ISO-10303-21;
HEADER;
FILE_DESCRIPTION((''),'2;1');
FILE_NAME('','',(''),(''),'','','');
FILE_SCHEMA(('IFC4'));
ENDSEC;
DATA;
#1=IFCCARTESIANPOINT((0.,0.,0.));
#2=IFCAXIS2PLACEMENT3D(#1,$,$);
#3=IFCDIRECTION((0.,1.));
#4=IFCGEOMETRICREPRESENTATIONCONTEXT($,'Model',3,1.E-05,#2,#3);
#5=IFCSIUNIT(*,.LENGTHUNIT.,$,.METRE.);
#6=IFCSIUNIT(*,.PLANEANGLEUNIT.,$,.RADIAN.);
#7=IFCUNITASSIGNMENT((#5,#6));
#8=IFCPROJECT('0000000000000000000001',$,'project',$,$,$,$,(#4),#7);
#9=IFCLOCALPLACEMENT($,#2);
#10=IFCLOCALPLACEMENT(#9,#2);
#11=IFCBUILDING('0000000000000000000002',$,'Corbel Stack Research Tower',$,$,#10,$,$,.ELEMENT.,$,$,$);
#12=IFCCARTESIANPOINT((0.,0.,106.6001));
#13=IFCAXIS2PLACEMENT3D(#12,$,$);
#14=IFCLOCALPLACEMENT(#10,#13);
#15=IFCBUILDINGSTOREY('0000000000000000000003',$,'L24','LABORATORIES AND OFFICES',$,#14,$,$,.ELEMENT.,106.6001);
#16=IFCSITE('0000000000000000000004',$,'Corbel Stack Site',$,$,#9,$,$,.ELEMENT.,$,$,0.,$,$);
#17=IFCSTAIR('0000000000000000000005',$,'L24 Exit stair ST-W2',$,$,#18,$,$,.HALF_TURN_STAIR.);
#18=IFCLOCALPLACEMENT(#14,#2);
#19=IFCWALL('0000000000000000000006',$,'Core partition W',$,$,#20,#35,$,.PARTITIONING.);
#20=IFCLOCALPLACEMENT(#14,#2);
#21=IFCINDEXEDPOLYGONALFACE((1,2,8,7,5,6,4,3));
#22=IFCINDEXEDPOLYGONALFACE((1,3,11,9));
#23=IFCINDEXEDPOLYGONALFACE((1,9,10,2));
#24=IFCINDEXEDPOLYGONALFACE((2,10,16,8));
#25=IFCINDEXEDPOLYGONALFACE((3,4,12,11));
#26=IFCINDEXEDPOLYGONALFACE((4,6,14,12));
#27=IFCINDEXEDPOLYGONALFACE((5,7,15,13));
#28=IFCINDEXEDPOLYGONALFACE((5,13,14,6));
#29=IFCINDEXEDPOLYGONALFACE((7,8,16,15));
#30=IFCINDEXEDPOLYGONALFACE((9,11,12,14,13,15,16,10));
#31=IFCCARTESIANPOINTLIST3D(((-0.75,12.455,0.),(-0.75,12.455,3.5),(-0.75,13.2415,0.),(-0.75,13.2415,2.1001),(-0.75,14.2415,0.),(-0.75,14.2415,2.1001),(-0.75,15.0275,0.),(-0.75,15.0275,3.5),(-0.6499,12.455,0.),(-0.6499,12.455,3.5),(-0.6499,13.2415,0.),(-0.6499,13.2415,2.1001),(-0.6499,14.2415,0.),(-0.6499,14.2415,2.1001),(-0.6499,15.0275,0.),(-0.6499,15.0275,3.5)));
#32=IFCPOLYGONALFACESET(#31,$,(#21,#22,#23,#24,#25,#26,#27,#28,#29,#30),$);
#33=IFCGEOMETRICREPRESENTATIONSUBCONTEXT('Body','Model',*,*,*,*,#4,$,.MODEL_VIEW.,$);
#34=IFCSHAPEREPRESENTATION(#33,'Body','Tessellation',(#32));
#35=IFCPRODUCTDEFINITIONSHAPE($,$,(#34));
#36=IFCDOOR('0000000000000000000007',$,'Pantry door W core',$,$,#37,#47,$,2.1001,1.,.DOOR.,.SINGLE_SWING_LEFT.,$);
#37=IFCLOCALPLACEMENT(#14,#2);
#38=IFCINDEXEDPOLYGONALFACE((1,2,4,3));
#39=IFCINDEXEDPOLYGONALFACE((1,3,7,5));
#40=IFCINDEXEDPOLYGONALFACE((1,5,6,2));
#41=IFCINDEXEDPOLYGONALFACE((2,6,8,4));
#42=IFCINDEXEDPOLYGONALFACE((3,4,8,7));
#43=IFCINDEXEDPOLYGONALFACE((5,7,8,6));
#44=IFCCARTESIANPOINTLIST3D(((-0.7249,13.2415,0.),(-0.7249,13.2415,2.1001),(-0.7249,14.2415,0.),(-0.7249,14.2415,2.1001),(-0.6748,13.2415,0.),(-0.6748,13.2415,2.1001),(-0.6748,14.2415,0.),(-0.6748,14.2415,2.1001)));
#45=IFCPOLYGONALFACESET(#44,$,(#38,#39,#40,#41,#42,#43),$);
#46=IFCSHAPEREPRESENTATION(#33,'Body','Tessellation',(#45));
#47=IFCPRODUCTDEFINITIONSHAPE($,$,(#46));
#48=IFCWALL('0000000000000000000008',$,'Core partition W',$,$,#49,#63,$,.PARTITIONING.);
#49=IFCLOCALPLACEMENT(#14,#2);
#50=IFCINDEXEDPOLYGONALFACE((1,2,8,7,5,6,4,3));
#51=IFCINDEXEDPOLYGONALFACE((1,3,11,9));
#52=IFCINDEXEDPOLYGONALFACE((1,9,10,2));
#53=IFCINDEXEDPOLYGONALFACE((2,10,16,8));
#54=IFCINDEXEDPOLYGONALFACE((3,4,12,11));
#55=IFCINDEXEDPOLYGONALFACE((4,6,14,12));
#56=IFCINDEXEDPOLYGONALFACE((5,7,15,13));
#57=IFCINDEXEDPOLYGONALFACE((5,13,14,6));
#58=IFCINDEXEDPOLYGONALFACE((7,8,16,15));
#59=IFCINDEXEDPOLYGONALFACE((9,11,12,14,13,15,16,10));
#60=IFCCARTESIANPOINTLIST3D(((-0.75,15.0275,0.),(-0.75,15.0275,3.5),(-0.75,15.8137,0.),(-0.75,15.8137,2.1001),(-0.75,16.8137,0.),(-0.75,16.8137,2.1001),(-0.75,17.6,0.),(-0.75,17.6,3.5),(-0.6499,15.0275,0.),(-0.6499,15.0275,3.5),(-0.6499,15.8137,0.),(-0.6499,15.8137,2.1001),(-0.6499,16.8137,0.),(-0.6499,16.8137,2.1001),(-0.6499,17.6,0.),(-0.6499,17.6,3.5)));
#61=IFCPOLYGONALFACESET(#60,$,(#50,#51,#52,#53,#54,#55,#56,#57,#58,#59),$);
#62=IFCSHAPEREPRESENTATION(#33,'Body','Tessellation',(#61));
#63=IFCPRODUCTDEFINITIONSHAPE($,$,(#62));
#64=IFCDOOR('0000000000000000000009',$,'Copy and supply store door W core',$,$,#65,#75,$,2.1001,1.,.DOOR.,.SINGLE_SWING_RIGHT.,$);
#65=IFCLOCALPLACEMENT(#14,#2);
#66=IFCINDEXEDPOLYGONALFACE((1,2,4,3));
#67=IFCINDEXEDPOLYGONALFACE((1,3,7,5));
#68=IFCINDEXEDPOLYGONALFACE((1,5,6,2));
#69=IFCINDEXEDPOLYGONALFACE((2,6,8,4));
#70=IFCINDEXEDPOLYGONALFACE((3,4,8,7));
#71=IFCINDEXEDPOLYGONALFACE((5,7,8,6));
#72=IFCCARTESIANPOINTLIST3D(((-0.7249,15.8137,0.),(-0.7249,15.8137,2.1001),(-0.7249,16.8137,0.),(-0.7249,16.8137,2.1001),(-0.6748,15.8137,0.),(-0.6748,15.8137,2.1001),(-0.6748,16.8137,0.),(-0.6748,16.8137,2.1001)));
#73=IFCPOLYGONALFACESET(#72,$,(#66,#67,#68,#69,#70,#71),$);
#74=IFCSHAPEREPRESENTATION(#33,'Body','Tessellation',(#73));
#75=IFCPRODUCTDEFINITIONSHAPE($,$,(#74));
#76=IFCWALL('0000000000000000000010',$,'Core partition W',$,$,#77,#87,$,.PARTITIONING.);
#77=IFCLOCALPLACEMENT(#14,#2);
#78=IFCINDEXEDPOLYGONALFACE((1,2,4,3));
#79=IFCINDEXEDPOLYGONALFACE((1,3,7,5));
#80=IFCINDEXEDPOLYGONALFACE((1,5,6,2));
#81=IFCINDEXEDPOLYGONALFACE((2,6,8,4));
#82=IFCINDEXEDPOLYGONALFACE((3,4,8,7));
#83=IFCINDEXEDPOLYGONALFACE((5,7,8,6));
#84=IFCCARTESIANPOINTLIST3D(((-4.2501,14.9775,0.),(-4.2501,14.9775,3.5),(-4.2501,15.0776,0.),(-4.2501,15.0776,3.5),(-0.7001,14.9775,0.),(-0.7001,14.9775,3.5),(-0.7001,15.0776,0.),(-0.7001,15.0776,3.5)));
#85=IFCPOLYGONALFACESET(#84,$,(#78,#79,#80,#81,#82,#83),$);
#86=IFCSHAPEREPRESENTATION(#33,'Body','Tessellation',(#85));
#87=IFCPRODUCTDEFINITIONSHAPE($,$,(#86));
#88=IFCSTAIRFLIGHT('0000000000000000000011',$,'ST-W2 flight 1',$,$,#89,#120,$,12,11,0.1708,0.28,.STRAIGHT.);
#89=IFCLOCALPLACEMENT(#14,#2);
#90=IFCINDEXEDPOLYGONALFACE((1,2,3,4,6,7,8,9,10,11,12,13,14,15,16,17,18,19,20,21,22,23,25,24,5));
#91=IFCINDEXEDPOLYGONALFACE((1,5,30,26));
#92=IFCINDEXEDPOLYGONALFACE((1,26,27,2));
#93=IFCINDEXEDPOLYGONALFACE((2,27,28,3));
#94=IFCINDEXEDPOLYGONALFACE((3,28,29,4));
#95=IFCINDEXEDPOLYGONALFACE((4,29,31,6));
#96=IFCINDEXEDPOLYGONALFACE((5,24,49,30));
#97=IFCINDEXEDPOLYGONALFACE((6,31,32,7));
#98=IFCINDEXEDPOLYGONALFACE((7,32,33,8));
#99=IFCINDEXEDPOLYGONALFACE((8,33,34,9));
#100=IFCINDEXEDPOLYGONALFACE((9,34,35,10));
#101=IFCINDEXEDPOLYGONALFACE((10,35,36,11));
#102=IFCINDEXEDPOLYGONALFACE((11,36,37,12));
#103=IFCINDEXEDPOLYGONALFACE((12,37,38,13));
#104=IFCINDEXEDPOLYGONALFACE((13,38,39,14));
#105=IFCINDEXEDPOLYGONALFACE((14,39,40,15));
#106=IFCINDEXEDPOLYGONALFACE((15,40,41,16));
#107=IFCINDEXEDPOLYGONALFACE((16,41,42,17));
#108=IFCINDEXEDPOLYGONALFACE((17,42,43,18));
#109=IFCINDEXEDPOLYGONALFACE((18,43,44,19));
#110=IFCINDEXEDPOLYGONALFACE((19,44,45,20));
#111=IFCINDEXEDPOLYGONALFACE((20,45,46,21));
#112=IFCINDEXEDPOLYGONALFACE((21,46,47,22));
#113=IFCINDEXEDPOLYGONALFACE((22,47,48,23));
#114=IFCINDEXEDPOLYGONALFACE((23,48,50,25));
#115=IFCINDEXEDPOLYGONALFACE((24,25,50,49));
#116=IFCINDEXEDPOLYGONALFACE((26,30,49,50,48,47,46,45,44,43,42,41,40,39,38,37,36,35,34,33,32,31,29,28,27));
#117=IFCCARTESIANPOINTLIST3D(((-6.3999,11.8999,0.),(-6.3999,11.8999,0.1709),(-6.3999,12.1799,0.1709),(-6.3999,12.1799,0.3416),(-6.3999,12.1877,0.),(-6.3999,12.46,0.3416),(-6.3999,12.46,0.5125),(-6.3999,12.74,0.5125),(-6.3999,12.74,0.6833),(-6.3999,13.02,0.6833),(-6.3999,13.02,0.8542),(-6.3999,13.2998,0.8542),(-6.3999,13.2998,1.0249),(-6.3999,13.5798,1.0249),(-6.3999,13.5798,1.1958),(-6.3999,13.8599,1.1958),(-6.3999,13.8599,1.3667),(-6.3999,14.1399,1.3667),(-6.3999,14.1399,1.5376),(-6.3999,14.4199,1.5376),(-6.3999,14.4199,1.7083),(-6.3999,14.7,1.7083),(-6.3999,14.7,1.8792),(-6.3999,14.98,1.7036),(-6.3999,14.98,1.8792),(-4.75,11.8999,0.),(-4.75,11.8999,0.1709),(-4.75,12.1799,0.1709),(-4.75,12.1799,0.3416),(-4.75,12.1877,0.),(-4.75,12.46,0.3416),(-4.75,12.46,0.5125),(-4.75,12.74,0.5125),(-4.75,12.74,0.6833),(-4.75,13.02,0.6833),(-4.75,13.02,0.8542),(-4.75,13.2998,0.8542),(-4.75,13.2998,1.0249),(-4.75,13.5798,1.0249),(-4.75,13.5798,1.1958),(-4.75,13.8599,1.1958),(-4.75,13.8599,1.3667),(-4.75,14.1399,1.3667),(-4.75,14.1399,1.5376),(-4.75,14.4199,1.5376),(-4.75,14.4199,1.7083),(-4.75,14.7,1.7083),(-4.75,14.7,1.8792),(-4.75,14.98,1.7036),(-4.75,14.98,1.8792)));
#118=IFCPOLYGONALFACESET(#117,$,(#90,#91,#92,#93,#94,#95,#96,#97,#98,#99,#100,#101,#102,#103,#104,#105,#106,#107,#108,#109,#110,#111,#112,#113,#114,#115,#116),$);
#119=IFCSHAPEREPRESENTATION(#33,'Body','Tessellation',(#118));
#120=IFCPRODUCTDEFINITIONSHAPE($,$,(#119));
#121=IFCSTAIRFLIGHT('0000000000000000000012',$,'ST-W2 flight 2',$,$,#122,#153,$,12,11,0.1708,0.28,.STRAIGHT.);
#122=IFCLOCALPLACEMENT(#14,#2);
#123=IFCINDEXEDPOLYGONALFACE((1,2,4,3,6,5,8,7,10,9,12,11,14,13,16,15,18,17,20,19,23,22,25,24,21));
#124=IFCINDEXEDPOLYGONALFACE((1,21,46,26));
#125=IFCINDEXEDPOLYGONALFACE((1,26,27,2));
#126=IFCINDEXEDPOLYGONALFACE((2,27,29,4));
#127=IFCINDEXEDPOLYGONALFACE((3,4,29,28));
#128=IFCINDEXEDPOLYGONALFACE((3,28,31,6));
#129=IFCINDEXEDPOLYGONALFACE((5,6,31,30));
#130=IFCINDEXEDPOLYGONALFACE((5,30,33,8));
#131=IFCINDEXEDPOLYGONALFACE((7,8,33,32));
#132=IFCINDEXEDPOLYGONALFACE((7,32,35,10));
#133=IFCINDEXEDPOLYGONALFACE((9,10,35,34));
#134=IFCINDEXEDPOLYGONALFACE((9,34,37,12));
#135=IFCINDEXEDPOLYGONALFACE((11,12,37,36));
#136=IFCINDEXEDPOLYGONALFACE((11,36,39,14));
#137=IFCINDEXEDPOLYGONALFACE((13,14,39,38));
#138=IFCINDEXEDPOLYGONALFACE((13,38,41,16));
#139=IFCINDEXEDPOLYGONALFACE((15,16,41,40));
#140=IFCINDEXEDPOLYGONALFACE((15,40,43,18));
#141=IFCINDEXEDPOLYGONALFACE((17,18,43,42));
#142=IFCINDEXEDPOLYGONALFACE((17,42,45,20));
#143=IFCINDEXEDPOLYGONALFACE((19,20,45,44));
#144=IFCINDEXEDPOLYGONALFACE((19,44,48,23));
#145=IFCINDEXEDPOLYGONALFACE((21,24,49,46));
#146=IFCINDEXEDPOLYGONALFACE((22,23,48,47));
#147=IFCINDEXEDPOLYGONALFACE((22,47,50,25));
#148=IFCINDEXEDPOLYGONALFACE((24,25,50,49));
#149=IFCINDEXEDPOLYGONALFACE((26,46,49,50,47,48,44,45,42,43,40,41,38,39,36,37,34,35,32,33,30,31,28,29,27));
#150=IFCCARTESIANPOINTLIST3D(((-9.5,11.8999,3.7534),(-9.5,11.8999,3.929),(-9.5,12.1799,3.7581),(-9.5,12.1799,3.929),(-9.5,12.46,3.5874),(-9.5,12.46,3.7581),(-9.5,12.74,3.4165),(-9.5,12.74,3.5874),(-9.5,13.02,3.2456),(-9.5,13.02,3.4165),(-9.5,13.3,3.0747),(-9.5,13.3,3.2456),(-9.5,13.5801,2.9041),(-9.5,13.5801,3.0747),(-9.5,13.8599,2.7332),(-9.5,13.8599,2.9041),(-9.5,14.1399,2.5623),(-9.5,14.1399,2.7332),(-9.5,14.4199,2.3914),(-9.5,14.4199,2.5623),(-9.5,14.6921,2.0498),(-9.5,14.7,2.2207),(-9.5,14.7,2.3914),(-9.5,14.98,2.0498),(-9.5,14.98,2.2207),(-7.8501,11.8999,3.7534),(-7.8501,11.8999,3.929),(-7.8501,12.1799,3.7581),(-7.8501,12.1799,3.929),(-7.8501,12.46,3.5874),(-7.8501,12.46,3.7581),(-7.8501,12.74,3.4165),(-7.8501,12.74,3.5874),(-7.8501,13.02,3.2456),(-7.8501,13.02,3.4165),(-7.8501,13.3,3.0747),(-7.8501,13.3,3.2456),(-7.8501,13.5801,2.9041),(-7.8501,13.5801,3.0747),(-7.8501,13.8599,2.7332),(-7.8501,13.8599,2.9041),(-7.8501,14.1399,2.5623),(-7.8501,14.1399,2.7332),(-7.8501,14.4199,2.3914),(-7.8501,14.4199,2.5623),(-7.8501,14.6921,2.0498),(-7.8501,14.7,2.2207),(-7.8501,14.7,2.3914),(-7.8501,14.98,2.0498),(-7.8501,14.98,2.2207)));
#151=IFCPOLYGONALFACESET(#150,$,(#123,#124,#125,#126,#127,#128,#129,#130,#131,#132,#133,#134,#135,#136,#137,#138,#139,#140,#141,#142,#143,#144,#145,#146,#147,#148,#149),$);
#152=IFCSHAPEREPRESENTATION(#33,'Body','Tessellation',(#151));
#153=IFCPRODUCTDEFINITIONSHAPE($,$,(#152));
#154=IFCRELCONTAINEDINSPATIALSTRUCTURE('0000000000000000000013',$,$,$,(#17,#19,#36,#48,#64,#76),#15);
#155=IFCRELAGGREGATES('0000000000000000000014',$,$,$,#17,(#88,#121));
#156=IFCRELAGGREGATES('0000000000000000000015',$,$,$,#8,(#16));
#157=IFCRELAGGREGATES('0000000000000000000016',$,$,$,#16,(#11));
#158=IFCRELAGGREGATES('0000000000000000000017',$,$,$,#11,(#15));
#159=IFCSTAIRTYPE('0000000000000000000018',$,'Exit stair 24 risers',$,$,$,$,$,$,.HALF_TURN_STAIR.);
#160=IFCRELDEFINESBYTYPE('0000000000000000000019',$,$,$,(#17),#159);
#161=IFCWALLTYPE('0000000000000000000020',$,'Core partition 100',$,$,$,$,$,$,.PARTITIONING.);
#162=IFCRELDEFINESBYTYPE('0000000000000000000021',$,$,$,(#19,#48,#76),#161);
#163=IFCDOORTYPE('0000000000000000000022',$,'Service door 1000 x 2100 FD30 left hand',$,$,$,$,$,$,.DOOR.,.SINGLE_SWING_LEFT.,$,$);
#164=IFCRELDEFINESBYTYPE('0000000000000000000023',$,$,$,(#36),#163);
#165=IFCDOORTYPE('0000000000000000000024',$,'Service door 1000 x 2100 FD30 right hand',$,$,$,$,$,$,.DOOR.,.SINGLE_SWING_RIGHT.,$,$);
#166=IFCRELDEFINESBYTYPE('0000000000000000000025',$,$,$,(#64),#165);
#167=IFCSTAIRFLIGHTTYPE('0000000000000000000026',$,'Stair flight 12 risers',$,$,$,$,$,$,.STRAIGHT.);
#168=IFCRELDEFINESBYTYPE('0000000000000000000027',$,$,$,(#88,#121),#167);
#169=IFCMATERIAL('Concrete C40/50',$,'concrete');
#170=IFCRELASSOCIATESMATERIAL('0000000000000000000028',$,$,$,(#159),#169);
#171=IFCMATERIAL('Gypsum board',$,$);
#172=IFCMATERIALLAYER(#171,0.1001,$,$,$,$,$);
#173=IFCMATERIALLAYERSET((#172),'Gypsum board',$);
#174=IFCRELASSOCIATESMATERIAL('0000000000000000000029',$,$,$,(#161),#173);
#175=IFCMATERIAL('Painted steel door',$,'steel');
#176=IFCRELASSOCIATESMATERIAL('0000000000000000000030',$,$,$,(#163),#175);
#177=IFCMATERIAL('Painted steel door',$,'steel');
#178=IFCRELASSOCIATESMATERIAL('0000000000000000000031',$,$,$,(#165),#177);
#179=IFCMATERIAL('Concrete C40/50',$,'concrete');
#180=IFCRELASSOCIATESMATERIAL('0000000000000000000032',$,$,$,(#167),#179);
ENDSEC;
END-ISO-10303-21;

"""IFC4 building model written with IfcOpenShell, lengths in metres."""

from ifc_helpers import new_model, si_unit, direction, frame, frame_2d, origin, place, context, subcontext, project, spatial, polyline, rectangle, outline, extrude, material, layer, layer_set, type_object, element, fill, aggregate, save


model = new_model("IFC4")

# Units and contexts
model_context = context("Model", 3, precision=1e-05, world=origin(), true_north=direction((0.0, 1.0)))
body_context = subcontext(model_context, "Body", "Model", "MODEL_VIEW")
ifc_project = project(units=[si_unit("LENGTHUNIT", "METRE"), si_unit("PLANEANGLEUNIT", "RADIAN")], contexts=[model_context])

# Site, building, storey
site_placement = place(None, origin())
site = spatial("IfcSite", under=ifc_project, at=site_placement, Name="Corbel Stack Site", CompositionType="ELEMENT", RefElevation=0.0)
building_placement = place(site_placement, origin())
building = spatial("IfcBuilding", under=site, at=building_placement, Name="Corbel Stack Research Tower", CompositionType="ELEMENT")
storey_placement = place(building_placement, frame((0.0, 0.0, 106.6001)))
storey = spatial("IfcBuildingStorey", under=building, at=storey_placement, Name="L24", Description="LABORATORIES AND OFFICES", CompositionType="ELEMENT", Elevation=106.6001)

# Stair
ifc_material_1 = material(Name="Concrete C40/50", Category="concrete")
stair_type = type_object("IfcStairType", Name="Exit stair 24 risers", PredefinedType="HALF_TURN_STAIR", material=ifc_material_1)
stair_1_placement = place(storey_placement, origin())
stair_1 = element("IfcStair", 1, at=stair_1_placement, inside=storey, type_object=stair_type, Name="L24 Exit stair ST-W2", PredefinedType="HALF_TURN_STAIR")

# Shared definitions
ifc_material_2 = material(Name="Gypsum board")
ifc_layer_1 = layer(ifc_material_2, 0.1001)
ifc_layer_set_1 = layer_set([ifc_layer_1], Name="Gypsum board")
wall_type_1 = type_object("IfcWallType", Name="Core partition 100", PredefinedType="PARTITIONING", material=ifc_layer_set_1)

# Walls, openings, doors
wall_1_placement = place(storey_placement, frame((-0.7, 12.4551, 0.0), z_axis=(0.0, 0.0, 1.0), x_axis=(0.0, 1.0, 0.0)))
wall_1 = element("IfcWall", 2, at=wall_1_placement, inside=storey, type_object=wall_type_1, Name="Core partition W", PredefinedType="PARTITIONING", context=body_context, shape_type="SweptSolid", body=[
    extrude(rectangle(XDim=2.5725, YDim=0.1001, at=frame_2d((1.2861, 0.0))), origin(), (0.0, 0.0, 1.0), 3.5),
])
opening_1_placement = place(wall_1_placement, frame((0.7864, 0.0, 0.0)))
opening_1 = element("IfcOpeningElement", 3, at=opening_1_placement, cuts=wall_1, PredefinedType="OPENING", context=body_context, shape_type="SweptSolid", body=[
    extrude(rectangle(XDim=1.0, YDim=2.1001, at=frame_2d((0.5, 1.05))), frame((0.0, 0.0601, 0.0), z_axis=(0.0, -1.0, 0.0), x_axis=(1.0, 0.0, 0.0)), (0.0, 0.0, 1.0), 0.1201),
])
ifc_material_3 = material(Name="Painted steel door", Category="steel")
door_type_1 = type_object("IfcDoorType", Name="Service door 1000 x 2100 FD30 left hand", OperationType="SINGLE_SWING_LEFT", PredefinedType="DOOR", material=ifc_material_3)
door_1_placement = place(opening_1_placement, origin())
door_1 = element("IfcDoor", 4, at=door_1_placement, inside=storey, type_object=door_type_1, Name="Pantry door W core", OperationType="SINGLE_SWING_LEFT", OverallHeight=2.1001, OverallWidth=1.0, PredefinedType="DOOR", context=body_context, shape_type="SweptSolid", body=[
    extrude(rectangle(XDim=1.0, YDim=2.1001, at=frame_2d((0.5, 1.05))), frame((0.0, 0.0249, 0.0), z_axis=(0.0, -1.0, 0.0), x_axis=(1.0, 0.0, 0.0)), (0.0, 0.0, 1.0), 0.05),
])
fill(opening_1, door_1)
wall_2_placement = place(storey_placement, frame((-0.7, 15.0276, 0.0), z_axis=(0.0, 0.0, 1.0), x_axis=(0.0, 1.0, 0.0)))
wall_2 = element("IfcWall", 5, at=wall_2_placement, inside=storey, type_object=wall_type_1, Name="Core partition W", PredefinedType="PARTITIONING", context=body_context, shape_type="SweptSolid", body=[
    extrude(rectangle(XDim=2.5725, YDim=0.1001, at=frame_2d((1.2861, 0.0))), origin(), (0.0, 0.0, 1.0), 3.5),
])
opening_2_placement = place(wall_2_placement, frame((0.7861, 0.0, 0.0)))
opening_2 = element("IfcOpeningElement", 6, at=opening_2_placement, cuts=wall_2, PredefinedType="OPENING", context=body_context, shape_type="SweptSolid", body=[
    extrude(rectangle(XDim=1.0, YDim=2.1001, at=frame_2d((0.5, 1.05))), frame((0.0, 0.0601, 0.0), z_axis=(0.0, -1.0, 0.0), x_axis=(1.0, 0.0, 0.0)), (0.0, 0.0, 1.0), 0.1201),
])
ifc_material_4 = material(Name="Painted steel door", Category="steel")
door_type_2 = type_object("IfcDoorType", Name="Service door 1000 x 2100 FD30 right hand", OperationType="SINGLE_SWING_RIGHT", PredefinedType="DOOR", material=ifc_material_4)
door_2_placement = place(opening_2_placement, origin())
door_2 = element("IfcDoor", 7, at=door_2_placement, inside=storey, type_object=door_type_2, Name="Copy and supply store door W core", OperationType="SINGLE_SWING_RIGHT", OverallHeight=2.1001, OverallWidth=1.0, PredefinedType="DOOR", context=body_context, shape_type="SweptSolid", body=[
    extrude(rectangle(XDim=1.0, YDim=2.1001, at=frame_2d((0.5, 1.05))), frame((0.0, 0.0249, 0.0), z_axis=(0.0, -1.0, 0.0), x_axis=(1.0, 0.0, 0.0)), (0.0, 0.0, 1.0), 0.05),
])
fill(opening_2, door_2)

# Wall
wall_3_placement = place(storey_placement, frame((-4.25, 15.0276, 0.0), z_axis=(0.0, 0.0, 1.0), x_axis=(1.0, 0.0, 0.0)))
element("IfcWall", 8, at=wall_3_placement, inside=storey, type_object=wall_type_1, Name="Core partition W", PredefinedType="PARTITIONING", context=body_context, shape_type="SweptSolid", body=[
    extrude(rectangle(XDim=3.55, YDim=0.1001, at=frame_2d((1.7749, 0.0))), origin(), (0.0, 0.0, 1.0), 3.5),
])

# Stair flights
ifc_material_5 = material(Name="Concrete C40/50", Category="concrete")
stair_flight_type = type_object("IfcStairFlightType", Name="Stair flight 12 risers", PredefinedType="STRAIGHT", material=ifc_material_5)
stair_flight_1_placement = place(storey_placement, frame((-5.575, 11.8999, 0.0), z_axis=(0.0, 0.0, 1.0), x_axis=(0.0, 1.0, 0.0)))
stair_flight_1 = element("IfcStairFlight", 9, at=stair_flight_1_placement, type_object=stair_flight_type, Name="ST-W2 flight 1", NumberOfRisers=12, NumberOfTreads=11, PredefinedType="STRAIGHT", RiserHeight=0.1708, TreadLength=0.28, context=body_context, shape_type="SweptSolid", body=[
    extrude(outline(polyline([(0.0, 0.0), (0.0, 0.1709), (0.28, 0.1709), (0.28, 0.3416), (0.5601, 0.3416), (0.5601, 0.5125), (0.8401, 0.5125), (0.8401, 0.6833), (1.1201, 0.6833), (1.1201, 0.8542), (1.3999, 0.8542), (1.3999, 1.0249), (1.6799, 1.0249), (1.6799, 1.1958), (1.96, 1.1958), (1.96, 1.3667), (2.24, 1.3667), (2.24, 1.5376), (2.52, 1.5376), (2.52, 1.7083), (2.8, 1.7083), (2.8, 1.8792), (3.0801, 1.8792), (3.0801, 2.05), (3.0801, 1.7036), (0.2878, 0.0), (0.0, 0.0)])), frame((0.0, 0.825, 0.0), z_axis=(0.0, -1.0, 0.0), x_axis=(1.0, 0.0, 0.0)), (0.0, 0.0, 1.0), 1.6499),
])
stair_flight_2_placement = place(storey_placement, frame((-8.675, 14.98, 2.0498), z_axis=(0.0, 0.0, 1.0), x_axis=(0.0, -1.0, 0.0)))
stair_flight_2 = element("IfcStairFlight", 10, at=stair_flight_2_placement, type_object=stair_flight_type, Name="ST-W2 flight 2", NumberOfRisers=12, NumberOfTreads=11, PredefinedType="STRAIGHT", RiserHeight=0.1708, TreadLength=0.28, context=body_context, shape_type="SweptSolid", body=[
    extrude(outline(polyline([(0.0, 0.0), (0.0, 0.1709), (0.28, 0.1709), (0.28, 0.3416), (0.5601, 0.3416), (0.5601, 0.5125), (0.8401, 0.5125), (0.8401, 0.6833), (1.1201, 0.6833), (1.1201, 0.8542), (1.3999, 0.8542), (1.3999, 1.0249), (1.6799, 1.0249), (1.6799, 1.1958), (1.96, 1.1958), (1.96, 1.3667), (2.24, 1.3667), (2.24, 1.5376), (2.52, 1.5376), (2.52, 1.7083), (2.8, 1.7083), (2.8, 1.8792), (3.0801, 1.8792), (3.0801, 2.05), (3.0801, 1.7036), (0.2878, 0.0), (0.0, 0.0)])), frame((0.0, 0.825, 0.0), z_axis=(0.0, -1.0, 0.0), x_axis=(1.0, 0.0, 0.0)), (0.0, 0.0, 1.0), 1.6499),
])
aggregate(stair_1, [stair_flight_1, stair_flight_2])

save(model, "model.ifc")
